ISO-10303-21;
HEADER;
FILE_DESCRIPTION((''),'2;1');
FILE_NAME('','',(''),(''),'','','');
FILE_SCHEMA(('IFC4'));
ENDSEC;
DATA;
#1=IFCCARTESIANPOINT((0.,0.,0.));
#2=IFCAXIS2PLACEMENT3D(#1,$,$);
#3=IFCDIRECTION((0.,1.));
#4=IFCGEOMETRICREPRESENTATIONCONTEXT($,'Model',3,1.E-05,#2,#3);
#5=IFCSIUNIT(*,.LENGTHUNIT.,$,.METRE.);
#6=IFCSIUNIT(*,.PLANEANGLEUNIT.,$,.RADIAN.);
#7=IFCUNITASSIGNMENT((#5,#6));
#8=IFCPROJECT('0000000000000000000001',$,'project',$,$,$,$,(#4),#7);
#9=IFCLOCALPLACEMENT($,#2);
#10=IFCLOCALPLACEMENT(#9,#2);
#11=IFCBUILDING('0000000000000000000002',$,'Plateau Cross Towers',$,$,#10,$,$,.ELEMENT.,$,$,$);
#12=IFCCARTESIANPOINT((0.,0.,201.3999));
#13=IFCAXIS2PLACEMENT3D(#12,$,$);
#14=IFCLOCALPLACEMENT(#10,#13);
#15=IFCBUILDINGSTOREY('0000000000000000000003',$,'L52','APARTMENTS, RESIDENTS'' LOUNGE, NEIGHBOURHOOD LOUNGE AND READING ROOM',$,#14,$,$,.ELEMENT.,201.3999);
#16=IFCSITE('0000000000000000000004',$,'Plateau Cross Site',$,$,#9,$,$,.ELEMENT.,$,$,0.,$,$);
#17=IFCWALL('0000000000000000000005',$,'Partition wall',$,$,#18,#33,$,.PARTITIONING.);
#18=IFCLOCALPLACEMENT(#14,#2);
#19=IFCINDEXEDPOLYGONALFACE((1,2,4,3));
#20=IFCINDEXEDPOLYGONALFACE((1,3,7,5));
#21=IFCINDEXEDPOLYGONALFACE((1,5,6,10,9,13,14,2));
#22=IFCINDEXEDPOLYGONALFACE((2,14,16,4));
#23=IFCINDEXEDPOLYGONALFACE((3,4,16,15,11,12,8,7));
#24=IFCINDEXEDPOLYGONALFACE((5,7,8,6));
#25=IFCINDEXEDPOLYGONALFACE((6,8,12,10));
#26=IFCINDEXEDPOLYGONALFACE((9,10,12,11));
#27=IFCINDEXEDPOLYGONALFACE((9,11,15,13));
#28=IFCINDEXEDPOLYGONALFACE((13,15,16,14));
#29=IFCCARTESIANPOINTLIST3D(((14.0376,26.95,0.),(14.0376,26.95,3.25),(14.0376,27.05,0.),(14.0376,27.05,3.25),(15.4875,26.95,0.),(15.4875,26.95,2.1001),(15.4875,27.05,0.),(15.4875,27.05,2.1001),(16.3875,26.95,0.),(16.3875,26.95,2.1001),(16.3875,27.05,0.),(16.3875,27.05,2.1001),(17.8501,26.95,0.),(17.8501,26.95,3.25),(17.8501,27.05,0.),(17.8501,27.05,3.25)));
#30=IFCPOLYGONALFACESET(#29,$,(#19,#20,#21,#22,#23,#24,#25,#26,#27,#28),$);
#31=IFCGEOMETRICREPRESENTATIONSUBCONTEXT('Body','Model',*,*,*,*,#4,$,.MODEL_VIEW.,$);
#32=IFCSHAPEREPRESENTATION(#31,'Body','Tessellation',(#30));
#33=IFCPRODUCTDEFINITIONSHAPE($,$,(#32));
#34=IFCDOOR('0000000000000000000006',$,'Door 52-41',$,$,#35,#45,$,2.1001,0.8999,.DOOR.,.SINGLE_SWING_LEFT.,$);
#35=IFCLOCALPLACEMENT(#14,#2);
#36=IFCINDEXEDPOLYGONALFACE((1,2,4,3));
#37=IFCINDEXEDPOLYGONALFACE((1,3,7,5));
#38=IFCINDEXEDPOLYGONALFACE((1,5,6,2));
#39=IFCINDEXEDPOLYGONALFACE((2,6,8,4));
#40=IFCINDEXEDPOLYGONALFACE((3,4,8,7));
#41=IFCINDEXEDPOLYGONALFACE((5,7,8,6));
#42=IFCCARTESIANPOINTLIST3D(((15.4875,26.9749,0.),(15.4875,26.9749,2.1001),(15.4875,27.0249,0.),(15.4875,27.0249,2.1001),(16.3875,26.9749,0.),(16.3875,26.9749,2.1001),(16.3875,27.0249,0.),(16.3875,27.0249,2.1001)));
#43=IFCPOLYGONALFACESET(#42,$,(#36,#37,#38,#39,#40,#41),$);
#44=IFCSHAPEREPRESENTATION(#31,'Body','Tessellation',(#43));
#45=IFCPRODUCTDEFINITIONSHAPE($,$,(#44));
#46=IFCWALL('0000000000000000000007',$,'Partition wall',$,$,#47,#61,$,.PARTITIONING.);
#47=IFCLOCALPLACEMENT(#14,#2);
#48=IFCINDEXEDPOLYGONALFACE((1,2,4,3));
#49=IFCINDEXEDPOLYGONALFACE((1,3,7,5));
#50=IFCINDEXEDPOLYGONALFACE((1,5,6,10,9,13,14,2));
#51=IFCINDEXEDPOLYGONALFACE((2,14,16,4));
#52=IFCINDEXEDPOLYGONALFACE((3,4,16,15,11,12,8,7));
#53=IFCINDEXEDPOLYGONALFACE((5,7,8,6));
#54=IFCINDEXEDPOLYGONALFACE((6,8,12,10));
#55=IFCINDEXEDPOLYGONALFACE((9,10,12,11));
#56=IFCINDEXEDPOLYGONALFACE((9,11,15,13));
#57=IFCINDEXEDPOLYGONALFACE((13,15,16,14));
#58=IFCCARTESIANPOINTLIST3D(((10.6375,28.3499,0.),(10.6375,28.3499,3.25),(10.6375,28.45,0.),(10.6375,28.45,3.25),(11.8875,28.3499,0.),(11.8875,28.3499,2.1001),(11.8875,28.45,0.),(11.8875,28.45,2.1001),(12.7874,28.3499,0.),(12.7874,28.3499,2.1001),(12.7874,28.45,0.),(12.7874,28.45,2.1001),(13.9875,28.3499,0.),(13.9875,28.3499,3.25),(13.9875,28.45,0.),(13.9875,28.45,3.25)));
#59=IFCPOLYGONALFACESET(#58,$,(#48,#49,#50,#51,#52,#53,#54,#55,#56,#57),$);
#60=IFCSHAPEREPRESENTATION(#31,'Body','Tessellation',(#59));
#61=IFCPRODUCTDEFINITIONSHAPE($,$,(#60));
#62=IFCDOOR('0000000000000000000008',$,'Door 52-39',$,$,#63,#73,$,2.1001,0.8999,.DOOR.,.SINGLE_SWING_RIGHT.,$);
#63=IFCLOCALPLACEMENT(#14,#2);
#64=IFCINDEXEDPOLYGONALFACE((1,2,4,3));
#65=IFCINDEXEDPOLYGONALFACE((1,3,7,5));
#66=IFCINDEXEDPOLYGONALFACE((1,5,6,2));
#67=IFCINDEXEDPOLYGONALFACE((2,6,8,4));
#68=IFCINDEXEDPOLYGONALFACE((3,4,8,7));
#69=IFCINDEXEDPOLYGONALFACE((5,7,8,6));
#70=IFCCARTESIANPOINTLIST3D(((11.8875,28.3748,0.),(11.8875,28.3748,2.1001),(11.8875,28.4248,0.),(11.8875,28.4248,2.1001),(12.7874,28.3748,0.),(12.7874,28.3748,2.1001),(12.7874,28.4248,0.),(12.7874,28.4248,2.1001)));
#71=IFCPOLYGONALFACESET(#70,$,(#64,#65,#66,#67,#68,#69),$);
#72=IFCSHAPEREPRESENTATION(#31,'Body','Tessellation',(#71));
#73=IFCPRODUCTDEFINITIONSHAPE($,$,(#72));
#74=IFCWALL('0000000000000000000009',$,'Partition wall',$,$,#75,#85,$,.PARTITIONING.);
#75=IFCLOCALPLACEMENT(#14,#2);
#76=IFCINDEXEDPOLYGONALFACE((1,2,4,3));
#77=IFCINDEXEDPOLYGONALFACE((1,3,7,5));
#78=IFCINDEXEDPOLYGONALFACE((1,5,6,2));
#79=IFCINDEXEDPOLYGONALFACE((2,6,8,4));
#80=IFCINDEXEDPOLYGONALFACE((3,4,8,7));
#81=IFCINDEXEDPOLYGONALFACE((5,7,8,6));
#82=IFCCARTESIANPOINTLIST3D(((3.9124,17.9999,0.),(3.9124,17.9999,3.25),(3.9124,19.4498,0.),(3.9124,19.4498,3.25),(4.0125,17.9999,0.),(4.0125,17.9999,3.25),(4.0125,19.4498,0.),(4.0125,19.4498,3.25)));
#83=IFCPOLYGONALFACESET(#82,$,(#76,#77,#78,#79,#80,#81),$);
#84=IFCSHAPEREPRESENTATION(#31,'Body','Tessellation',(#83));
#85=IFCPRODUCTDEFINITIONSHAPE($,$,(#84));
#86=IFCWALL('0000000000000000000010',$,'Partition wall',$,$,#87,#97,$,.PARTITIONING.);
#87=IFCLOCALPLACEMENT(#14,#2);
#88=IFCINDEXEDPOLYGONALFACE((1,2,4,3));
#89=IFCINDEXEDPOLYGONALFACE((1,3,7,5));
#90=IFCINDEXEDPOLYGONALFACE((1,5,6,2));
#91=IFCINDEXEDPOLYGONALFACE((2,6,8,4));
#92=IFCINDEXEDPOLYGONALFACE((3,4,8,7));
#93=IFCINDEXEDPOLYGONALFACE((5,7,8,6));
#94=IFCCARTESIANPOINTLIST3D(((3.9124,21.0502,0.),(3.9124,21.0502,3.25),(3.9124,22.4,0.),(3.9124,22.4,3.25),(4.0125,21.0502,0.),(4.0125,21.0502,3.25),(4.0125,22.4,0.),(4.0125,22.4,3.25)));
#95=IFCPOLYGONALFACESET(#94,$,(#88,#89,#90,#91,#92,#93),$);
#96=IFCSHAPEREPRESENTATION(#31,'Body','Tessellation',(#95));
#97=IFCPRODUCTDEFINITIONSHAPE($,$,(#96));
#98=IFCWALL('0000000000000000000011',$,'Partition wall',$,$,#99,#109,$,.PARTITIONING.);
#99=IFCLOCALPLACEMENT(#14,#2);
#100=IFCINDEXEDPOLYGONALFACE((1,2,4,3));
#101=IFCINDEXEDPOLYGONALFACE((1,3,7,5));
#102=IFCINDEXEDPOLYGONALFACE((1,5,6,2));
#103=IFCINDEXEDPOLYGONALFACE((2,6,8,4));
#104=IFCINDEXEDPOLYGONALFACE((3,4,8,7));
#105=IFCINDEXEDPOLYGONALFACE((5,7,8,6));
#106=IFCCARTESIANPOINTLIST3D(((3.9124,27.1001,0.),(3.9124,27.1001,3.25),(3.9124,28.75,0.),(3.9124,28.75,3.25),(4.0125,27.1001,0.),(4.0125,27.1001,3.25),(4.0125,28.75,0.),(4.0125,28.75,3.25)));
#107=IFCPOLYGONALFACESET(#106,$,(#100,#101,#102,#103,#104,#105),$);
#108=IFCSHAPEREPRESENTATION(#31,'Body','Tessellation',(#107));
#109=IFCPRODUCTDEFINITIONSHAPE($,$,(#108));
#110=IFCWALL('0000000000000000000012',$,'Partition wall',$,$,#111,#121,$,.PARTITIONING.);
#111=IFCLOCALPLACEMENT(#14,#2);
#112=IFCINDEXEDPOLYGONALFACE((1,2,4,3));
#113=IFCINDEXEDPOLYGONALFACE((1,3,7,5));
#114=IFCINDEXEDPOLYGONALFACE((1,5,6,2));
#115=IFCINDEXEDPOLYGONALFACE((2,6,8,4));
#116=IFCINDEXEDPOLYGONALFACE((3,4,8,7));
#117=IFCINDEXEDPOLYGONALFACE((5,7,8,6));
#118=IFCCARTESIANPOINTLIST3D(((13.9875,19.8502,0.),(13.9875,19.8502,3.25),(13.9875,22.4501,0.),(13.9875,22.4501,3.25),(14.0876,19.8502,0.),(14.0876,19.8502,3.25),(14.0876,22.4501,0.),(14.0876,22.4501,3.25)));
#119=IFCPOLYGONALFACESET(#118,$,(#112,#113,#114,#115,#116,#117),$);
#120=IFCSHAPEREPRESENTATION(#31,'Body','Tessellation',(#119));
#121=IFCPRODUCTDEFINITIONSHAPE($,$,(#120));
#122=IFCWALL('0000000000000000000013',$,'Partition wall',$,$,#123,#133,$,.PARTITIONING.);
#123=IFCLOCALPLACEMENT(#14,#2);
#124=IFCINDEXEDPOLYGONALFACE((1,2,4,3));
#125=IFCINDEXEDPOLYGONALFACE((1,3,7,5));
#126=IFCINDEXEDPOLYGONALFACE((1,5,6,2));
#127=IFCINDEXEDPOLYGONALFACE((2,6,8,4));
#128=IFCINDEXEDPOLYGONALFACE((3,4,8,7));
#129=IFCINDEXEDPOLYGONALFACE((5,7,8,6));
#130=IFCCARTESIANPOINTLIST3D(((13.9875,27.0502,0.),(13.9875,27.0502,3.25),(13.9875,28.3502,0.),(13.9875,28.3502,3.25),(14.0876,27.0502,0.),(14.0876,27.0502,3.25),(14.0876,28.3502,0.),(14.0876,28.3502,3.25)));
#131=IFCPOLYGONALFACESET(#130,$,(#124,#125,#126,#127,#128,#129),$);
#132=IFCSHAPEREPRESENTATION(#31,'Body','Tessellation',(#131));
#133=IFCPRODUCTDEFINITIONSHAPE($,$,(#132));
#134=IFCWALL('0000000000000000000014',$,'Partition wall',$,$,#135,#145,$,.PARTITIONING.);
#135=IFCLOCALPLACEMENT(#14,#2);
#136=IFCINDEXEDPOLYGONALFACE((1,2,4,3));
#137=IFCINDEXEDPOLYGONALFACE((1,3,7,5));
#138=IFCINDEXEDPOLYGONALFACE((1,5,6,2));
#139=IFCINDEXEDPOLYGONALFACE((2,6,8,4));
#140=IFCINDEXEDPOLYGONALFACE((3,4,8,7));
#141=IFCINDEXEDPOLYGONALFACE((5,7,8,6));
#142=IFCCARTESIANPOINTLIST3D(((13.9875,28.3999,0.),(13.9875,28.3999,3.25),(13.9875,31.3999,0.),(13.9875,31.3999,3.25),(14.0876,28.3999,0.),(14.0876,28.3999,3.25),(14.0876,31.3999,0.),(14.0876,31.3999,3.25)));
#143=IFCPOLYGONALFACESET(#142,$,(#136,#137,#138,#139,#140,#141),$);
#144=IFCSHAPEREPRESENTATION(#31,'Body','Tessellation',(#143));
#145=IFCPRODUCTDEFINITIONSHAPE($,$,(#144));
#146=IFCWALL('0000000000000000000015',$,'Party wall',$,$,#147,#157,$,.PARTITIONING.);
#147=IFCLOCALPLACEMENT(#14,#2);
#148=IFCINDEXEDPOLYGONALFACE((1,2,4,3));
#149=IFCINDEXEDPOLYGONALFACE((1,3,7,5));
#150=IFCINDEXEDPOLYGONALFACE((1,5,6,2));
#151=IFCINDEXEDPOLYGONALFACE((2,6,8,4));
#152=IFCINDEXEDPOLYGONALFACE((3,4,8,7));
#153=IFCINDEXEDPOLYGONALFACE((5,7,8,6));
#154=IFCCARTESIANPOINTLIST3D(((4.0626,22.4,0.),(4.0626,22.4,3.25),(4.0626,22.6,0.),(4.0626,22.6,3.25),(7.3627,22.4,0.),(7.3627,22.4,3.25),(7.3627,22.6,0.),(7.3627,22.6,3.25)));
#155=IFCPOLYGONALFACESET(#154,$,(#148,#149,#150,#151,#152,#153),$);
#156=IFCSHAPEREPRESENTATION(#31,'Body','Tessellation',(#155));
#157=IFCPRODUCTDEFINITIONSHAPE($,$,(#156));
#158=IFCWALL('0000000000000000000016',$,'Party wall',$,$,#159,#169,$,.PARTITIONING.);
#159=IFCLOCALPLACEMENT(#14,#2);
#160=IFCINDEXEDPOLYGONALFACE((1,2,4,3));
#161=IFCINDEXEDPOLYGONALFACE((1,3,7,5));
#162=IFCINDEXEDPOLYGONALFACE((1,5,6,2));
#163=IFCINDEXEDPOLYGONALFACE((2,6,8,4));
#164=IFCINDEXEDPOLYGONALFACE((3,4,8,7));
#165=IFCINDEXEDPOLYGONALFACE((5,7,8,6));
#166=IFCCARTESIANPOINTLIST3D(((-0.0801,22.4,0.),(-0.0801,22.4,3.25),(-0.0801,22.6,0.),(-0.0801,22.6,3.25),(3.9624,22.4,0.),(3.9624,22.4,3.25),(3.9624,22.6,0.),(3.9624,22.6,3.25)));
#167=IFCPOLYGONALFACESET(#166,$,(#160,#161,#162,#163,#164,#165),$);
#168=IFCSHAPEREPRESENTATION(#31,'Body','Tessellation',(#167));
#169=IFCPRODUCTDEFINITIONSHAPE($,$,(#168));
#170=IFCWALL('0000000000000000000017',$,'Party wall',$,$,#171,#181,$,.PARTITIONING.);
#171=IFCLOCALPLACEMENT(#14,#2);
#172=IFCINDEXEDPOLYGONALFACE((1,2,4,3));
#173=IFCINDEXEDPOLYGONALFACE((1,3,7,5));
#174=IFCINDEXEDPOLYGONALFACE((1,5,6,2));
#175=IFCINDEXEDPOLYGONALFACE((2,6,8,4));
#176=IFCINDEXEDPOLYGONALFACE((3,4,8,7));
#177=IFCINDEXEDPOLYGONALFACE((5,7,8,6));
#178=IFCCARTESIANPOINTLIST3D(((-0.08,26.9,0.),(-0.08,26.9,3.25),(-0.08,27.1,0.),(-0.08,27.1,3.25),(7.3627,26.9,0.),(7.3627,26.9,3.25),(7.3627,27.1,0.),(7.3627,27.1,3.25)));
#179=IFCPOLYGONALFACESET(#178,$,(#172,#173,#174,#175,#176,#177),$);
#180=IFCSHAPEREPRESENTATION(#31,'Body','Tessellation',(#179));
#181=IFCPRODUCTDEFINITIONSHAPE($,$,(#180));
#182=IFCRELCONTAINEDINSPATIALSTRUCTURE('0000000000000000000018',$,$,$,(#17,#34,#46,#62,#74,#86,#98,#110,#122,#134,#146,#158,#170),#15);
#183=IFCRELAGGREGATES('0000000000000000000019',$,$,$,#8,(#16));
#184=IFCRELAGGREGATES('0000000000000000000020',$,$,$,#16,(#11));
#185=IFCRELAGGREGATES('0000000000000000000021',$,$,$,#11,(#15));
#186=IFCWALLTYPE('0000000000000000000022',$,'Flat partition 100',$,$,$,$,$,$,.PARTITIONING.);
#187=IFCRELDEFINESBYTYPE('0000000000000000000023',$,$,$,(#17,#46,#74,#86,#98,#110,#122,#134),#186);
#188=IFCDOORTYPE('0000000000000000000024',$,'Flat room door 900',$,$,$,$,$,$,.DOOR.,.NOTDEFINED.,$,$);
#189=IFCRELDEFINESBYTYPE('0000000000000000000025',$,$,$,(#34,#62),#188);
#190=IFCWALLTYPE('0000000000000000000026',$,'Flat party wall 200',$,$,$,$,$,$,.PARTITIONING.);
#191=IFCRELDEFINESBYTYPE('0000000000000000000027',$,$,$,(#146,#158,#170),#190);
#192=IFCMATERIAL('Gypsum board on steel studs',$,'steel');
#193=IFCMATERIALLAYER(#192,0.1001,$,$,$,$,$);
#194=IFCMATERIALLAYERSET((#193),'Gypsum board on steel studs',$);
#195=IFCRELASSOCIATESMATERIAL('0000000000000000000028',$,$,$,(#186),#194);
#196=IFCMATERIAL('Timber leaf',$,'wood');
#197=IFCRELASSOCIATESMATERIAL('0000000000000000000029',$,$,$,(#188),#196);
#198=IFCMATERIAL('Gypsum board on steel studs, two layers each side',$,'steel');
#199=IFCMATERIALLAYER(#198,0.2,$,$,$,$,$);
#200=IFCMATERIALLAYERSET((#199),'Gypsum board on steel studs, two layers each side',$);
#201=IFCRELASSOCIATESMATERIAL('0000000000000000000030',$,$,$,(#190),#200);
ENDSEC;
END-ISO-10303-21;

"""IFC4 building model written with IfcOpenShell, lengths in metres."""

from ifc_helpers import new_model, si_unit, direction, frame, frame_2d, origin, place, context, subcontext, project, spatial, rectangle, extrude, material, layer, layer_set, type_object, element, fill, save


model = new_model("IFC4")

# Units and contexts
model_context = context("Model", 3, precision=1e-05, world=origin(), true_north=direction((0.0, 1.0)))
body_context = subcontext(model_context, "Body", "Model", "MODEL_VIEW")
ifc_project = project(units=[si_unit("LENGTHUNIT", "METRE"), si_unit("PLANEANGLEUNIT", "RADIAN")], contexts=[model_context])

# Site, building, storey
site_placement = place(None, origin())
site = spatial("IfcSite", under=ifc_project, at=site_placement, Name="Plateau Cross Site", CompositionType="ELEMENT", RefElevation=0.0)
building_placement = place(site_placement, origin())
building = spatial("IfcBuilding", under=site, at=building_placement, Name="Plateau Cross Towers", CompositionType="ELEMENT")
storey_placement = place(building_placement, frame((0.0, 0.0, 201.3999)))
storey = spatial("IfcBuildingStorey", under=building, at=storey_placement, Name="L52", Description="APARTMENTS, RESIDENTS' LOUNGE, NEIGHBOURHOOD LOUNGE AND READING ROOM", CompositionType="ELEMENT", Elevation=201.3999)

# Walls, openings, doors
ifc_material_1 = material(Name="Gypsum board on steel studs", Category="steel")
ifc_layer_1 = layer(ifc_material_1, 0.1001)
ifc_layer_set_1 = layer_set([ifc_layer_1], Name="Gypsum board on steel studs")
wall_type_1 = type_object("IfcWallType", Name="Flat partition 100", PredefinedType="PARTITIONING", material=ifc_layer_set_1)
ifc_material_2 = material(Name="Timber leaf", Category="wood")
door_type_1 = type_object("IfcDoorType", Name="Flat room door 900", OperationType="NOTDEFINED", PredefinedType="DOOR", material=ifc_material_2)
wall_1_placement = place(storey_placement, frame((14.0376, 27.0, 0.0), z_axis=(0.0, 0.0, 1.0), x_axis=(1.0, 0.0, 0.0)))
wall_1 = element("IfcWall", 1, at=wall_1_placement, inside=storey, type_object=wall_type_1, Name="Partition wall", PredefinedType="PARTITIONING", context=body_context, shape_type="SweptSolid", body=[
    extrude(rectangle(XDim=3.8125, YDim=0.1001, at=frame_2d((1.9062, 0.0))), origin(), (0.0, 0.0, 1.0), 3.25),
])
opening_1_placement = place(wall_1_placement, frame((1.45, 0.0, 0.0)))
opening_1 = element("IfcOpeningElement", 2, at=opening_1_placement, cuts=wall_1, PredefinedType="OPENING", context=body_context, shape_type="SweptSolid", body=[
    extrude(rectangle(XDim=0.8999, YDim=2.1001, at=frame_2d((0.45, 1.05))), frame((0.0, 0.0601, 0.0), z_axis=(0.0, -1.0, 0.0), x_axis=(1.0, 0.0, 0.0)), (0.0, 0.0, 1.0), 0.1201),
])
door_1_placement = place(opening_1_placement, origin())
door_1 = element("IfcDoor", 3, at=door_1_placement, inside=storey, type_object=door_type_1, Name="Door 52-41", OperationType="SINGLE_SWING_LEFT", OverallHeight=2.1001, OverallWidth=0.8999, PredefinedType="DOOR", context=body_context, shape_type="SweptSolid", body=[
    extrude(rectangle(XDim=0.8999, YDim=2.1001, at=frame_2d((0.45, 1.05))), frame((0.0, 0.0249, 0.0), z_axis=(0.0, -1.0, 0.0), x_axis=(1.0, 0.0, 0.0)), (0.0, 0.0, 1.0), 0.05),
])
fill(opening_1, door_1)
wall_2_placement = place(storey_placement, frame((10.6375, 28.3999, 0.0), z_axis=(0.0, 0.0, 1.0), x_axis=(1.0, 0.0, 0.0)))
wall_2 = element("IfcWall", 4, at=wall_2_placement, inside=storey, type_object=wall_type_1, Name="Partition wall", PredefinedType="PARTITIONING", context=body_context, shape_type="SweptSolid", body=[
    extrude(rectangle(XDim=3.3501, YDim=0.1001, at=frame_2d((1.675, 0.0))), origin(), (0.0, 0.0, 1.0), 3.25),
])
opening_2_placement = place(wall_2_placement, frame((1.25, 0.0, 0.0)))
opening_2 = element("IfcOpeningElement", 5, at=opening_2_placement, cuts=wall_2, PredefinedType="OPENING", context=body_context, shape_type="SweptSolid", body=[
    extrude(rectangle(XDim=0.8999, YDim=2.1001, at=frame_2d((0.45, 1.05))), frame((0.0, 0.0601, 0.0), z_axis=(0.0, -1.0, 0.0), x_axis=(1.0, 0.0, 0.0)), (0.0, 0.0, 1.0), 0.1201),
])
door_2_placement = place(opening_2_placement, origin())
door_2 = element("IfcDoor", 6, at=door_2_placement, inside=storey, type_object=door_type_1, Name="Door 52-39", OperationType="SINGLE_SWING_RIGHT", OverallHeight=2.1001, OverallWidth=0.8999, PredefinedType="DOOR", context=body_context, shape_type="SweptSolid", body=[
    extrude(rectangle(XDim=0.8999, YDim=2.1001, at=frame_2d((0.45, 1.05))), frame((0.0, 0.0249, 0.0), z_axis=(0.0, -1.0, 0.0), x_axis=(1.0, 0.0, 0.0)), (0.0, 0.0, 1.0), 0.05),
])
fill(opening_2, door_2)

# Walls
wall_3_placement = place(storey_placement, frame((3.9624, 19.45, 0.0), z_axis=(0.0, 0.0, 1.0), x_axis=(0.0, -1.0, 0.0)))
element("IfcWall", 7, at=wall_3_placement, inside=storey, type_object=wall_type_1, Name="Partition wall", PredefinedType="PARTITIONING", context=body_context, shape_type="SweptSolid", body=[
    extrude(rectangle(XDim=1.45, YDim=0.1001, at=frame_2d((0.7251, 0.0))), origin(), (0.0, 0.0, 1.0), 3.25),
])
wall_4_placement = place(storey_placement, frame((3.9624, 22.3999, 0.0), z_axis=(0.0, 0.0, 1.0), x_axis=(0.0, -1.0, 0.0)))
element("IfcWall", 8, at=wall_4_placement, inside=storey, type_object=wall_type_1, Name="Partition wall", PredefinedType="PARTITIONING", context=body_context, shape_type="SweptSolid", body=[
    extrude(rectangle(XDim=1.3499, YDim=0.1001, at=frame_2d((0.6748, 0.0))), origin(), (0.0, 0.0, 1.0), 3.25),
])
wall_5_placement = place(storey_placement, frame((3.9624, 28.75, 0.0), z_axis=(0.0, 0.0, 1.0), x_axis=(0.0, -1.0, 0.0)))
element("IfcWall", 9, at=wall_5_placement, inside=storey, type_object=wall_type_1, Name="Partition wall", PredefinedType="PARTITIONING", context=body_context, shape_type="SweptSolid", body=[
    extrude(rectangle(XDim=1.6499, YDim=0.1001, at=frame_2d((0.825, 0.0))), origin(), (0.0, 0.0, 1.0), 3.25),
])
wall_6_placement = place(storey_placement, frame((14.0376, 22.45, 0.0), z_axis=(0.0, 0.0, 1.0), x_axis=(0.0, -1.0, 0.0)))
element("IfcWall", 10, at=wall_6_placement, inside=storey, type_object=wall_type_1, Name="Partition wall", PredefinedType="PARTITIONING", context=body_context, shape_type="SweptSolid", body=[
    extrude(rectangle(XDim=2.5999, YDim=0.1001, at=frame_2d((1.2998, 0.0))), origin(), (0.0, 0.0, 1.0), 3.25),
])
wall_7_placement = place(storey_placement, frame((14.0376, 28.3501, 0.0), z_axis=(0.0, 0.0, 1.0), x_axis=(0.0, -1.0, 0.0)))
element("IfcWall", 11, at=wall_7_placement, inside=storey, type_object=wall_type_1, Name="Partition wall", PredefinedType="PARTITIONING", context=body_context, shape_type="SweptSolid", body=[
    extrude(rectangle(XDim=1.3, YDim=0.1001, at=frame_2d((0.6499, 0.0))), origin(), (0.0, 0.0, 1.0), 3.25),
])
wall_8_placement = place(storey_placement, frame((14.0376, 28.3999, 0.0), z_axis=(0.0, 0.0, 1.0), x_axis=(0.0, 1.0, 0.0)))
element("IfcWall", 12, at=wall_8_placement, inside=storey, type_object=wall_type_1, Name="Partition wall", PredefinedType="PARTITIONING", context=body_context, shape_type="SweptSolid", body=[
    extrude(rectangle(XDim=3.0, YDim=0.1001, at=frame_2d((1.5, 0.0))), origin(), (0.0, 0.0, 1.0), 3.25),
])
ifc_material_3 = material(Name="Gypsum board on steel studs, two layers each side", Category="steel")
ifc_layer_2 = layer(ifc_material_3, 0.2)
ifc_layer_set_2 = layer_set([ifc_layer_2], Name="Gypsum board on steel studs, two layers each side")
wall_type_2 = type_object("IfcWallType", Name="Flat party wall 200", PredefinedType="PARTITIONING", material=ifc_layer_set_2)
wall_9_placement = place(storey_placement, frame((7.3625, 22.5, 0.0), z_axis=(0.0, 0.0, 1.0), x_axis=(-1.0, 0.0, 0.0)))
element("IfcWall", 13, at=wall_9_placement, inside=storey, type_object=wall_type_2, Name="Party wall", PredefinedType="PARTITIONING", context=body_context, shape_type="SweptSolid", body=[
    extrude(rectangle(XDim=3.3, YDim=0.2, at=frame_2d((1.6499, 0.0))), origin(), (0.0, 0.0, 1.0), 3.25),
])
wall_10_placement = place(storey_placement, frame((-0.0801, 22.5, 0.0), z_axis=(0.0, 0.0, 1.0), x_axis=(1.0, 0.0, 0.0)))
element("IfcWall", 14, at=wall_10_placement, inside=storey, type_object=wall_type_2, Name="Party wall", PredefinedType="PARTITIONING", context=body_context, shape_type="SweptSolid", body=[
    extrude(rectangle(XDim=4.0425, YDim=0.2, at=frame_2d((2.0212, 0.0))), origin(), (0.0, 0.0, 1.0), 3.25),
])
wall_11_placement = place(storey_placement, frame((7.3625, 27.0, 0.0), z_axis=(0.0, 0.0, 1.0), x_axis=(-1.0, 0.0, 0.0)))
element("IfcWall", 15, at=wall_11_placement, inside=storey, type_object=wall_type_2, Name="Party wall", PredefinedType="PARTITIONING", context=body_context, shape_type="SweptSolid", body=[
    extrude(rectangle(XDim=7.4426, YDim=0.2, at=frame_2d((3.7212, 0.0))), origin(), (0.0, 0.0, 1.0), 3.25),
])

save(model, "model.ifc")
